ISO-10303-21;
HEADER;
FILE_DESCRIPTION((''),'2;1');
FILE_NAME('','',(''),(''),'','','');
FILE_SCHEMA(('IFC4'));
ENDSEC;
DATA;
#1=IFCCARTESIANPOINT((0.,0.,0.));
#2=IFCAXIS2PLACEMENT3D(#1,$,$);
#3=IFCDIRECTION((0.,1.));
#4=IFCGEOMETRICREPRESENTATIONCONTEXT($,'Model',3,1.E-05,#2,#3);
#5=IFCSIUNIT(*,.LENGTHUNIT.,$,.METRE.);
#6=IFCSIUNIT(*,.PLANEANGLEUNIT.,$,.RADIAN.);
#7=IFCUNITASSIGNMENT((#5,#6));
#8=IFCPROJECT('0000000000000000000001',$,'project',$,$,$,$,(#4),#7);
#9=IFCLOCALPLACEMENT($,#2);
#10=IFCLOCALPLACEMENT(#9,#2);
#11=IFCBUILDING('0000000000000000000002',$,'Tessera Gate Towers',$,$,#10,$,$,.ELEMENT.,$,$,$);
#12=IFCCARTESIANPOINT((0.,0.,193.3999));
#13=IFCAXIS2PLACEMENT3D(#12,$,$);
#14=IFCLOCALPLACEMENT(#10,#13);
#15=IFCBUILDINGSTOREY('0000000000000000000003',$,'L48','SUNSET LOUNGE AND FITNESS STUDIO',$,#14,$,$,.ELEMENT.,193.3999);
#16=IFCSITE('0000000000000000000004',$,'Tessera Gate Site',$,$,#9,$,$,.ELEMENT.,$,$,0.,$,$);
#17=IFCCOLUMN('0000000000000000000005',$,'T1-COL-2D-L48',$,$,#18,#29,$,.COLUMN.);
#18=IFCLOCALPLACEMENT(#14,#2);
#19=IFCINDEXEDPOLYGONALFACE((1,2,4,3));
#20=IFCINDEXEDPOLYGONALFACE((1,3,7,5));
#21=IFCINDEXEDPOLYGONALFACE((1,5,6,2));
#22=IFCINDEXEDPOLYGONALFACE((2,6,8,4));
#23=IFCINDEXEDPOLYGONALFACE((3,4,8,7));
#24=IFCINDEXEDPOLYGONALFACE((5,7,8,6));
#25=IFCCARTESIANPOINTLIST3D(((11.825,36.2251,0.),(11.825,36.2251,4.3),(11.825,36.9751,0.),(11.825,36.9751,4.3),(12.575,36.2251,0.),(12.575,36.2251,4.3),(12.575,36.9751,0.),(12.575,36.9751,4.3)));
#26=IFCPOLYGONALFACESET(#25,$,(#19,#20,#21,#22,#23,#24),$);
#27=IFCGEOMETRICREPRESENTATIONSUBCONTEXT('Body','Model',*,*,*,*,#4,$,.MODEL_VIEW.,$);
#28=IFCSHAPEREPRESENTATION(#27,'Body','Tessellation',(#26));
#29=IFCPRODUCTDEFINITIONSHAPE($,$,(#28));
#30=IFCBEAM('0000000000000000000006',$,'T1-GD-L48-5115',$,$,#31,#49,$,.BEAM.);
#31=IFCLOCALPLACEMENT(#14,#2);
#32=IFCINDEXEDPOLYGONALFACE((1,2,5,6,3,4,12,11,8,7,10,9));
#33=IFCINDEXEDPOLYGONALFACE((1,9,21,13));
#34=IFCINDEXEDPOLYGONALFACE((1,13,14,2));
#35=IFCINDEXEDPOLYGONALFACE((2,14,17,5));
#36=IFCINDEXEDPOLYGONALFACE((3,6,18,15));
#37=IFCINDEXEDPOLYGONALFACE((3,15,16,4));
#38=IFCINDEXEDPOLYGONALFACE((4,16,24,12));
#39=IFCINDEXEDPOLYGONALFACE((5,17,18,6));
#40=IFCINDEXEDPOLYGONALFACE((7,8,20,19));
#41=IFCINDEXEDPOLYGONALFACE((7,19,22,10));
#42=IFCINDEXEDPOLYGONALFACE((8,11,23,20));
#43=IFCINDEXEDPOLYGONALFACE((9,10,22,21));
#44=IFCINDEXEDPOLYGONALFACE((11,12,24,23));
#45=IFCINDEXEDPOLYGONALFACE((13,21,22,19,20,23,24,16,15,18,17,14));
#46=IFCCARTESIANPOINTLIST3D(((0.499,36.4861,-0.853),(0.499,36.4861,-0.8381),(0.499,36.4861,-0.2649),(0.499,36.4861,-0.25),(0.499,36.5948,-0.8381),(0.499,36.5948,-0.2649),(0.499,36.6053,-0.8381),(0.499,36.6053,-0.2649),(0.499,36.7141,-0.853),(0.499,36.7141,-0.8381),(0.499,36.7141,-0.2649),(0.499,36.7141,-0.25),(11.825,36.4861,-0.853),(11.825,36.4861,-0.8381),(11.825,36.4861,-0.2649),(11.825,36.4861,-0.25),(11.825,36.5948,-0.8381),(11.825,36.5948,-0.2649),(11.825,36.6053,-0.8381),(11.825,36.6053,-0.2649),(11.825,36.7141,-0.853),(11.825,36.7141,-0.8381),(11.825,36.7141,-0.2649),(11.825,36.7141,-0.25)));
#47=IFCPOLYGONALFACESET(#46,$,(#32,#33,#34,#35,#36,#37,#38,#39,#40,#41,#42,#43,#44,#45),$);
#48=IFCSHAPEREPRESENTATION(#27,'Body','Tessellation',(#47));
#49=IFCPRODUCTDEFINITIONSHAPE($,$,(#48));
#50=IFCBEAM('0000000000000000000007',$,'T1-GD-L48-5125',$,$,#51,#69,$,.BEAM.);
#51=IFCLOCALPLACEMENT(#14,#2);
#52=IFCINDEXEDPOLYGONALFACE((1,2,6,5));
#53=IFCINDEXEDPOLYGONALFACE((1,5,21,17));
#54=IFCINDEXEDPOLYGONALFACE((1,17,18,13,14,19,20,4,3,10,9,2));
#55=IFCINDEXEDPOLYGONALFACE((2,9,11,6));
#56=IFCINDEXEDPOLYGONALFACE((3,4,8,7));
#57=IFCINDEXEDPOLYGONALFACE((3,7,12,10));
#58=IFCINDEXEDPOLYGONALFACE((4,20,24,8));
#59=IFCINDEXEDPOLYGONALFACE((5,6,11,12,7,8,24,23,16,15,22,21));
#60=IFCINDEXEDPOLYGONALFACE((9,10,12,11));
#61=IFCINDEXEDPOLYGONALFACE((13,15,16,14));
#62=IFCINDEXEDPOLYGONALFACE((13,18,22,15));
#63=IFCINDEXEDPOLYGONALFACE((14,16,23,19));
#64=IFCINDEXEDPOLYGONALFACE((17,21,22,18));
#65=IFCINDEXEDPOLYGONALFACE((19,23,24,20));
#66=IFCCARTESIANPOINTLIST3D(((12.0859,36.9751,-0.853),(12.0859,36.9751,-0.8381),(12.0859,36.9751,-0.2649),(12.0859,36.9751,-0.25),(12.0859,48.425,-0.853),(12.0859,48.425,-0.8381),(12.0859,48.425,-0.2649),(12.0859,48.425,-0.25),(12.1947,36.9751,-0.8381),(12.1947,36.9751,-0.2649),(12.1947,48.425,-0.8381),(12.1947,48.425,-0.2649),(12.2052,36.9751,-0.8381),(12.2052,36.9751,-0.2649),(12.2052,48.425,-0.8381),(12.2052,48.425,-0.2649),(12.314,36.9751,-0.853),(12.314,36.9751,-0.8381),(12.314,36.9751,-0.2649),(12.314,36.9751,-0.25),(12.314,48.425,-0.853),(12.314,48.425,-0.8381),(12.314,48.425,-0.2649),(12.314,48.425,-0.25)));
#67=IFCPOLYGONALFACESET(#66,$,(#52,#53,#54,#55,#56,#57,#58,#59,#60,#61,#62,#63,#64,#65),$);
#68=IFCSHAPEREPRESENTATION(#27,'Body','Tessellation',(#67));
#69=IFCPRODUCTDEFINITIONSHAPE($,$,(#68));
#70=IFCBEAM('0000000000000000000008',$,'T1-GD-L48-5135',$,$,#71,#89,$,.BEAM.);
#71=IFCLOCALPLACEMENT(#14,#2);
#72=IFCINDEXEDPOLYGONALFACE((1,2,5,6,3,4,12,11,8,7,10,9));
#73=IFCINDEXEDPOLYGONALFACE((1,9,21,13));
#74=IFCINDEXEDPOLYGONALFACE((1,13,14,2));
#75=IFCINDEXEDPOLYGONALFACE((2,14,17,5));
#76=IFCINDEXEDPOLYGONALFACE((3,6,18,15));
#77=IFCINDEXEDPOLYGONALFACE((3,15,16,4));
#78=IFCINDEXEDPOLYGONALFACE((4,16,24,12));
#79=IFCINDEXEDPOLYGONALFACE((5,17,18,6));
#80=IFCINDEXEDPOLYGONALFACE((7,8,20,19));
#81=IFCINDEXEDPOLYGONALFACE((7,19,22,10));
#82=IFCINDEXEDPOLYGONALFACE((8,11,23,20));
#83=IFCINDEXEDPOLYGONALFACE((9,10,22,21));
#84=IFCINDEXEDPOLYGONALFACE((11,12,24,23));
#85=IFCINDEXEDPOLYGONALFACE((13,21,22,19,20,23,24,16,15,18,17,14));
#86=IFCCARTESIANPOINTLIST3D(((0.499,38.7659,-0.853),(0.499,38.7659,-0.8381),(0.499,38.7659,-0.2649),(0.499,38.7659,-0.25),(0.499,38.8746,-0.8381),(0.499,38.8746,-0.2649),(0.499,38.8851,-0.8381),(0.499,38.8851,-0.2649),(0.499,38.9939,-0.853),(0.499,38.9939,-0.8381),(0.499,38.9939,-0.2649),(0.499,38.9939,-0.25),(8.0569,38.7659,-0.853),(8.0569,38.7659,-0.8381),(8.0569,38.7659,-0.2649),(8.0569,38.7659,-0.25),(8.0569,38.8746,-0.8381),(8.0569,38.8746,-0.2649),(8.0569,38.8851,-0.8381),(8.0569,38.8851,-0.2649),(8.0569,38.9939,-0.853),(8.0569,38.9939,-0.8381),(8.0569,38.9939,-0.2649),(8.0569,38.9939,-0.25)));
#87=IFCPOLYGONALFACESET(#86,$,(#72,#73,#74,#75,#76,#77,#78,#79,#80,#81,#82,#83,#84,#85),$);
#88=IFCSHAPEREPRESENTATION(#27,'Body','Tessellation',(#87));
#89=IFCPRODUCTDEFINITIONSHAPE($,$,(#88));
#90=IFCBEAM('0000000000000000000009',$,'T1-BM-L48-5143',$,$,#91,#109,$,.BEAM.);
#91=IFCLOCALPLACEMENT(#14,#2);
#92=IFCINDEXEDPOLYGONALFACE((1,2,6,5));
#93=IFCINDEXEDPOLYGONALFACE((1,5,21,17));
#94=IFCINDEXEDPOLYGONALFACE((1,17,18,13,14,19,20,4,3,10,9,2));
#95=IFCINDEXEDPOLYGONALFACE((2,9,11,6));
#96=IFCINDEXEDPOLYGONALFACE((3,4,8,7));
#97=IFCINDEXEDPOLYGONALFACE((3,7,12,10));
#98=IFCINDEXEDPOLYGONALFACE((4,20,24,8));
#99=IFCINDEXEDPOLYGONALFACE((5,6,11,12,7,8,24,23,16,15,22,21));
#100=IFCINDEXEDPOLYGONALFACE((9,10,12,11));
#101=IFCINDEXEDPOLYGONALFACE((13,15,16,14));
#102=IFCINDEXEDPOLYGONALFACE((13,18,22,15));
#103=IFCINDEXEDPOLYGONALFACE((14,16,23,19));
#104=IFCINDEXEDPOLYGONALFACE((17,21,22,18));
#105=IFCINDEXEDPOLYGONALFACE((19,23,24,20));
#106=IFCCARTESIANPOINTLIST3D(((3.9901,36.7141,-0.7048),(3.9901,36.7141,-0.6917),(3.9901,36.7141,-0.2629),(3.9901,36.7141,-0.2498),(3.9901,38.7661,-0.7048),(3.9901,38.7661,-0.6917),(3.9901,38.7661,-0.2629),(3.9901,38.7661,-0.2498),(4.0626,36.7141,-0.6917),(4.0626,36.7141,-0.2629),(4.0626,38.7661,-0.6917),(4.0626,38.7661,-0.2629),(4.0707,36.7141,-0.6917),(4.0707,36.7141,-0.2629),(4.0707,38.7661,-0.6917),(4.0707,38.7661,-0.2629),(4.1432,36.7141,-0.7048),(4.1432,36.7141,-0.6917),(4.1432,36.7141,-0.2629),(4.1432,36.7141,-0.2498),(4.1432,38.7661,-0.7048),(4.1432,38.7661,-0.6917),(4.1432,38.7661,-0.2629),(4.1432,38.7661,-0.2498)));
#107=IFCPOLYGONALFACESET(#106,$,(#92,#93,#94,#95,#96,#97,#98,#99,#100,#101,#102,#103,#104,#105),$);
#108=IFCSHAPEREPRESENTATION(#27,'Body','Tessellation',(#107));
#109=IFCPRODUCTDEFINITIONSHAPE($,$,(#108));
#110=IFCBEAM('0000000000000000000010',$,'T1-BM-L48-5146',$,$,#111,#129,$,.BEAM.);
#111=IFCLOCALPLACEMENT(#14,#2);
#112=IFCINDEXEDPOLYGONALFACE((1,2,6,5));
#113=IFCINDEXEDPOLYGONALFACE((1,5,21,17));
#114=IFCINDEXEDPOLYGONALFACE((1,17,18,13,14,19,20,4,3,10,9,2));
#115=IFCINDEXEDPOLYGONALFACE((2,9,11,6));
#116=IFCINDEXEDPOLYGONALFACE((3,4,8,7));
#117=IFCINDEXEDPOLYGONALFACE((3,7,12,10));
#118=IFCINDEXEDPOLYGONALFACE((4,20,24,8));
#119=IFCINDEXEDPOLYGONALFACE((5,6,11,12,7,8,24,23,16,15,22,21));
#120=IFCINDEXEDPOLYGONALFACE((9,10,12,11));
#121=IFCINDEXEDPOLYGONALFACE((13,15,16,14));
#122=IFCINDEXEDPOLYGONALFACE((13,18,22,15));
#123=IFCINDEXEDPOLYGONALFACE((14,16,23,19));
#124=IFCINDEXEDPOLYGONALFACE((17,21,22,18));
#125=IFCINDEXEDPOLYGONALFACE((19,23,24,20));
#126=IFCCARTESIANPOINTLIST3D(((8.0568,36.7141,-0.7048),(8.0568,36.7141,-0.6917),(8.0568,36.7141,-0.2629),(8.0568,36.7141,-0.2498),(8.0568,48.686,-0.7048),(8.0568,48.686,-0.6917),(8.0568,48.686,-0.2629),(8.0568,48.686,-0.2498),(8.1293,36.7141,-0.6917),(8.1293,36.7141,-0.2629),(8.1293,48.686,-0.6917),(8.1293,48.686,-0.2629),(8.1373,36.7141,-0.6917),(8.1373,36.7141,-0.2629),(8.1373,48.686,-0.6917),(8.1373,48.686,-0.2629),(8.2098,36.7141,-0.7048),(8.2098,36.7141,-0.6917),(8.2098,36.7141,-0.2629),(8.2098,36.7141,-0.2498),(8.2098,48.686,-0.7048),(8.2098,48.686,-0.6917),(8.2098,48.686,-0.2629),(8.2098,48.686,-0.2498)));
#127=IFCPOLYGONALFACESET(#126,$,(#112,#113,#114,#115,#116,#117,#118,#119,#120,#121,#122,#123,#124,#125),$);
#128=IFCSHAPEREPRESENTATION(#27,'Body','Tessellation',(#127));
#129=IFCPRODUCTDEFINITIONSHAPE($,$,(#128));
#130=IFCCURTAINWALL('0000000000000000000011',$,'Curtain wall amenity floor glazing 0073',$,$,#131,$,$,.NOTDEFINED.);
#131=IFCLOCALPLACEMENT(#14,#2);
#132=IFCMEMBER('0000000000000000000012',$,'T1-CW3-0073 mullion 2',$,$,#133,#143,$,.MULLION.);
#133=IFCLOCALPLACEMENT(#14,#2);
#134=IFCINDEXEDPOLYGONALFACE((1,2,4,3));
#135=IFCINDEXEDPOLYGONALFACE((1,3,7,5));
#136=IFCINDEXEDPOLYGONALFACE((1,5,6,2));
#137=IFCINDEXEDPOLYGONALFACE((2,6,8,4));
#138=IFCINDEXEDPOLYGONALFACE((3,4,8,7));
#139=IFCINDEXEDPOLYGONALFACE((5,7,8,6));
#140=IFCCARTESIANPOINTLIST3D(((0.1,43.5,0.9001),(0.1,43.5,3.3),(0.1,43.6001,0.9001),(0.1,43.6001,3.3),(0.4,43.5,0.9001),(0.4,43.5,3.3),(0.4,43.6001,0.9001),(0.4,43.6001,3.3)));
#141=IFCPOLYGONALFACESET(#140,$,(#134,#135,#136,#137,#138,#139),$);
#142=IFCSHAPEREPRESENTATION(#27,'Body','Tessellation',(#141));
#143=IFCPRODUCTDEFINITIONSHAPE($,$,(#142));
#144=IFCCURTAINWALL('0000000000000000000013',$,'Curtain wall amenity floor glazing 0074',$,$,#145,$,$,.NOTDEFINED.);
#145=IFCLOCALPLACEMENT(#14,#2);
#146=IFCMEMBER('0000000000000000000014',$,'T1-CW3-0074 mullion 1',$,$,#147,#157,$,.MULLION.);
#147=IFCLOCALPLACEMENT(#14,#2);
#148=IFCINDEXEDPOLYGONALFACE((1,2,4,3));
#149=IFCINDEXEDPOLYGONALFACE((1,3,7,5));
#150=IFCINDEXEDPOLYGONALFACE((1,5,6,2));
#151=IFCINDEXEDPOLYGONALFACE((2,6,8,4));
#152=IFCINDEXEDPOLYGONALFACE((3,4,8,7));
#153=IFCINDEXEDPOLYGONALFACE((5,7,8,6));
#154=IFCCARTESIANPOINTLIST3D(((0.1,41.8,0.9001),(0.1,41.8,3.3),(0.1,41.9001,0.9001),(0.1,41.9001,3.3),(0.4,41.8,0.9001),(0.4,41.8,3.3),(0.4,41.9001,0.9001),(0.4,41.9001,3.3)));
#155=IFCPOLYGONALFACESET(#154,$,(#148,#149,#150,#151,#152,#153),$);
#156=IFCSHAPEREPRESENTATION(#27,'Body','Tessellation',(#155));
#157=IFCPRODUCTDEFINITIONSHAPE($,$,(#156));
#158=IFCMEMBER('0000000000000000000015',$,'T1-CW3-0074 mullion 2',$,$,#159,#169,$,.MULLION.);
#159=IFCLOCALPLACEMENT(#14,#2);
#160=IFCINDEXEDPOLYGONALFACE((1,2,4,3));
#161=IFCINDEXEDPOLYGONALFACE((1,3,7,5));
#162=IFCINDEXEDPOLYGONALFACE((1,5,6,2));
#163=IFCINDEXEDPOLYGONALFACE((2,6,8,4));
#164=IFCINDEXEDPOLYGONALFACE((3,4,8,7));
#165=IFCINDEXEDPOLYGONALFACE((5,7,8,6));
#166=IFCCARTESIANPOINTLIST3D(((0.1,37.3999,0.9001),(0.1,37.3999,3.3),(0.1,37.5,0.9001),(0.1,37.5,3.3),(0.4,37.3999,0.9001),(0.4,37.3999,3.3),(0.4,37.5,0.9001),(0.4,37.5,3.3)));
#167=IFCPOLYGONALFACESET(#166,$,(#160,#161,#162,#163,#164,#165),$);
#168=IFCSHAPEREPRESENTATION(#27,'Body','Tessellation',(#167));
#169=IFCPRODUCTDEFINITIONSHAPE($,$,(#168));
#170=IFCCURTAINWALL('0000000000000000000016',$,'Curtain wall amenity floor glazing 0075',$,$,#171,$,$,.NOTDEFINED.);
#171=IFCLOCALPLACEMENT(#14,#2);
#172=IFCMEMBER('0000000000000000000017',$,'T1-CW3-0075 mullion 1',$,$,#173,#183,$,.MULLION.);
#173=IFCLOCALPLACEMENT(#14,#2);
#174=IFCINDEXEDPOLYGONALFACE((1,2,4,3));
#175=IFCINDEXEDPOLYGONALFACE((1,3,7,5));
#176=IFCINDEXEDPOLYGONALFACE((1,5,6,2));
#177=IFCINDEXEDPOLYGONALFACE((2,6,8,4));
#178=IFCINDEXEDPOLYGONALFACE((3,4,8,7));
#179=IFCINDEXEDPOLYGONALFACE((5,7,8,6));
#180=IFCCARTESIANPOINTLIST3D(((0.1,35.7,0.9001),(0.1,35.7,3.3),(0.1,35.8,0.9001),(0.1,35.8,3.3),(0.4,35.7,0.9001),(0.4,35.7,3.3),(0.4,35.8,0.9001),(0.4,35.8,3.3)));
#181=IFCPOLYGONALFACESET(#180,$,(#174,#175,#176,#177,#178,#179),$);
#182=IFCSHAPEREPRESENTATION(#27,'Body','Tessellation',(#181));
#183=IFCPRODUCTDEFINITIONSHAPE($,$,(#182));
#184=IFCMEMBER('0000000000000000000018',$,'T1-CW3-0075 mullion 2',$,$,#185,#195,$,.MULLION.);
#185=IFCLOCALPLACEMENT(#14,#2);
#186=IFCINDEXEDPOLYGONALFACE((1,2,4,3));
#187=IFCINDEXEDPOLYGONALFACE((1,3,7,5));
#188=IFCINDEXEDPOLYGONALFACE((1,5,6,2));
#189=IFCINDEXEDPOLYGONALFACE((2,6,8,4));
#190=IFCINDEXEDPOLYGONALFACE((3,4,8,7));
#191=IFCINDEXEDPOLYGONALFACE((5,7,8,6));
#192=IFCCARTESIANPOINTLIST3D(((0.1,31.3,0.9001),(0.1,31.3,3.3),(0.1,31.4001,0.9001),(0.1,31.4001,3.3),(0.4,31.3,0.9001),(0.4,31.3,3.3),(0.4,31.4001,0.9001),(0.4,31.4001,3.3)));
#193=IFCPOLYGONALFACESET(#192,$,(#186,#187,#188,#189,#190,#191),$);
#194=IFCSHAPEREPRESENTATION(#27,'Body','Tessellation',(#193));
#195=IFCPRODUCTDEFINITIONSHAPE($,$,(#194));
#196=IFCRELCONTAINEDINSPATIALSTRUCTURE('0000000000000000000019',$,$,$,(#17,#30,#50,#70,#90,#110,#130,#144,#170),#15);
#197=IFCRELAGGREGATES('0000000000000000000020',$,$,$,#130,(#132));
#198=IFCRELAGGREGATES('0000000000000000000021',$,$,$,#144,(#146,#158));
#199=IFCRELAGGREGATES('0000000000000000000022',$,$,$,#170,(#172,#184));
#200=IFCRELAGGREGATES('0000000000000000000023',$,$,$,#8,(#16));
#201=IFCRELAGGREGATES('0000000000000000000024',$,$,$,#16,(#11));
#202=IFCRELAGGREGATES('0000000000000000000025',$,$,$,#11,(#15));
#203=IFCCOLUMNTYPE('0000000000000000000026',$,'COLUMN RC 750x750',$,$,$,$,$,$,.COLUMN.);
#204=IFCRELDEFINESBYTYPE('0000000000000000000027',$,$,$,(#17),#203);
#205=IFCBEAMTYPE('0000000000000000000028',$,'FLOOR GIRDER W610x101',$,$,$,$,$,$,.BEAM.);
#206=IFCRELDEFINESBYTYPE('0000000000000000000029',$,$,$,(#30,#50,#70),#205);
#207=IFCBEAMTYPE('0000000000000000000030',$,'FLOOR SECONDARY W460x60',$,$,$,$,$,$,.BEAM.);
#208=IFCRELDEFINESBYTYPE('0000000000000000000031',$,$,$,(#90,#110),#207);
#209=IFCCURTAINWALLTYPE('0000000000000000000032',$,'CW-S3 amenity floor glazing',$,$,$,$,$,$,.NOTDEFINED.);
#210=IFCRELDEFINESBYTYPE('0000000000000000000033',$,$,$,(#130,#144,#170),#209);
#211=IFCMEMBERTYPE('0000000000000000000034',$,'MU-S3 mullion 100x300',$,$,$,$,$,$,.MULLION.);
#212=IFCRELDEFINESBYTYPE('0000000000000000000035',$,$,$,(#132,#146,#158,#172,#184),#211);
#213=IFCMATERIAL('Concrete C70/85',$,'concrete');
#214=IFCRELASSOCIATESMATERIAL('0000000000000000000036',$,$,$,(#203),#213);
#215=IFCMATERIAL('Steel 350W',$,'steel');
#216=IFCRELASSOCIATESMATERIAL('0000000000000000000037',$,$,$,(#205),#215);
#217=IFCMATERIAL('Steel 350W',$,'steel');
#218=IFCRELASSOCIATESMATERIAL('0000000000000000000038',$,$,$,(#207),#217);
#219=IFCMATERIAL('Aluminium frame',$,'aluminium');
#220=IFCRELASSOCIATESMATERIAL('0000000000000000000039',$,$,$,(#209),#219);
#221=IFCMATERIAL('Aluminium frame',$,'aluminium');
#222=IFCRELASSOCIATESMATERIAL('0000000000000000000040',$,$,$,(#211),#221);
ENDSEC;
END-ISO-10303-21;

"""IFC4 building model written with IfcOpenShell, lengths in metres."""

from ifc_helpers import new_model, si_unit, direction, frame, origin, origin_2d, place, context, subcontext, project, spatial, rectangle, i_section, extrude, material, material_profile, profile_set, type_object, element, aggregate, save


model = new_model("IFC4")

# Units and contexts
model_context = context("Model", 3, precision=1e-05, world=origin(), true_north=direction((0.0, 1.0)))
body_context = subcontext(model_context, "Body", "Model", "MODEL_VIEW")
ifc_project = project(units=[si_unit("LENGTHUNIT", "METRE"), si_unit("PLANEANGLEUNIT", "RADIAN")], contexts=[model_context])

# Site, building, storey
site_placement = place(None, origin())
site = spatial("IfcSite", under=ifc_project, at=site_placement, Name="Tessera Gate Site", CompositionType="ELEMENT", RefElevation=0.0)
building_placement = place(site_placement, origin())
building = spatial("IfcBuilding", under=site, at=building_placement, Name="Tessera Gate Towers", CompositionType="ELEMENT")
storey_placement = place(building_placement, frame((0.0, 0.0, 193.3999)))
storey = spatial("IfcBuildingStorey", under=building, at=storey_placement, Name="L48", Description="SUNSET LOUNGE AND FITNESS STUDIO", CompositionType="ELEMENT", Elevation=193.3999)

# Column
ifc_material_1 = material(Name="Concrete C70/85", Category="concrete")
ifc_material_profile_1 = material_profile(ifc_material_1, rectangle(XDim=0.75, YDim=0.75, at=origin_2d()), Name="RC 750x750")
ifc_profile_set_1 = profile_set([ifc_material_profile_1], Name="Concrete C70/85")
column_type = type_object("IfcColumnType", Name="COLUMN RC 750x750", PredefinedType="COLUMN", material=ifc_profile_set_1)
column_placement = place(storey_placement, frame((12.2, 36.6001, 0.0), z_axis=(0.0, 0.0, 1.0), x_axis=(1.0, 0.0, 0.0)))
element("IfcColumn", 1, at=column_placement, inside=storey, type_object=column_type, Name="T1-COL-2D-L48", PredefinedType="COLUMN", context=body_context, shape_type="SweptSolid", body=[
    extrude(rectangle(XDim=0.75, YDim=0.75, at=origin_2d()), origin(), (0.0, 0.0, 1.0), 4.3),
])

# Beams
ifc_material_2 = material(Name="Steel 350W", Category="steel")
ifc_material_profile_2 = material_profile(ifc_material_2, i_section(OverallWidth=0.228, OverallDepth=0.603, WebThickness=0.0105, FlangeThickness=0.0149, at=origin_2d()), Name="W610x101")
ifc_profile_set_2 = profile_set([ifc_material_profile_2], Name="Steel 350W")
beam_type_1 = type_object("IfcBeamType", Name="FLOOR GIRDER W610x101", PredefinedType="BEAM", material=ifc_profile_set_2)
beam_1_placement = place(storey_placement, frame((0.499, 36.6001, -0.5515), z_axis=(1.0, 0.0, 0.0), x_axis=(0.0, 1.0, 0.0)))
element("IfcBeam", 2, at=beam_1_placement, inside=storey, type_object=beam_type_1, Name="T1-GD-L48-5115", PredefinedType="BEAM", context=body_context, shape_type="SweptSolid", body=[
    extrude(i_section(OverallWidth=0.228, OverallDepth=0.603, WebThickness=0.0105, FlangeThickness=0.0149, at=origin_2d()), origin(), (0.0, 0.0, 1.0), 11.3259),
])
beam_2_placement = place(storey_placement, frame((12.2, 36.9751, -0.5515), z_axis=(0.0, 1.0, 0.0), x_axis=(-1.0, 0.0, 0.0)))
element("IfcBeam", 3, at=beam_2_placement, inside=storey, type_object=beam_type_1, Name="T1-GD-L48-5125", PredefinedType="BEAM", context=body_context, shape_type="SweptSolid", body=[
    extrude(i_section(OverallWidth=0.228, OverallDepth=0.603, WebThickness=0.0105, FlangeThickness=0.0149, at=origin_2d()), origin(), (0.0, 0.0, 1.0), 11.45),
])
beam_3_placement = place(storey_placement, frame((0.499, 38.8799, -0.5515), z_axis=(1.0, 0.0, 0.0), x_axis=(0.0, 1.0, 0.0)))
element("IfcBeam", 4, at=beam_3_placement, inside=storey, type_object=beam_type_1, Name="T1-GD-L48-5135", PredefinedType="BEAM", context=body_context, shape_type="SweptSolid", body=[
    extrude(i_section(OverallWidth=0.228, OverallDepth=0.603, WebThickness=0.0105, FlangeThickness=0.0149, at=origin_2d()), origin(), (0.0, 0.0, 1.0), 7.5579),
])
ifc_material_3 = material(Name="Steel 350W", Category="steel")
ifc_material_profile_3 = material_profile(ifc_material_3, i_section(OverallWidth=0.1531, OverallDepth=0.4551, WebThickness=0.0081, FlangeThickness=0.0132, at=origin_2d()), Name="W460x60")
ifc_profile_set_3 = profile_set([ifc_material_profile_3], Name="Steel 350W")
beam_type_2 = type_object("IfcBeamType", Name="FLOOR SECONDARY W460x60", PredefinedType="BEAM", material=ifc_profile_set_3)
beam_4_placement = place(storey_placement, frame((4.0667, 36.7141, -0.4773), z_axis=(0.0, 1.0, 0.0), x_axis=(-1.0, 0.0, 0.0)))
element("IfcBeam", 5, at=beam_4_placement, inside=storey, type_object=beam_type_2, Name="T1-BM-L48-5143", PredefinedType="BEAM", context=body_context, shape_type="SweptSolid", body=[
    extrude(i_section(OverallWidth=0.1531, OverallDepth=0.4551, WebThickness=0.0081, FlangeThickness=0.0132, at=origin_2d()), origin(), (0.0, 0.0, 1.0), 2.052),
])
beam_5_placement = place(storey_placement, frame((8.1333, 36.7141, -0.4773), z_axis=(0.0, 1.0, 0.0), x_axis=(-1.0, 0.0, 0.0)))
element("IfcBeam", 6, at=beam_5_placement, inside=storey, type_object=beam_type_2, Name="T1-BM-L48-5146", PredefinedType="BEAM", context=body_context, shape_type="SweptSolid", body=[
    extrude(i_section(OverallWidth=0.1531, OverallDepth=0.4551, WebThickness=0.0081, FlangeThickness=0.0132, at=origin_2d()), origin(), (0.0, 0.0, 1.0), 11.9719),
])

# Curtain wall, member
ifc_material_4 = material(Name="Aluminium frame", Category="aluminium")
curtain_wall_type = type_object("IfcCurtainWallType", Name="CW-S3 amenity floor glazing", PredefinedType="NOTDEFINED", material=ifc_material_4)
curtain_wall_1_placement = place(storey_placement, origin())
curtain_wall_1 = element("IfcCurtainWall", 7, at=curtain_wall_1_placement, inside=storey, type_object=curtain_wall_type, Name="Curtain wall amenity floor glazing 0073", PredefinedType="NOTDEFINED")
ifc_material_5 = material(Name="Aluminium frame", Category="aluminium")
ifc_material_profile_4 = material_profile(ifc_material_5, rectangle(XDim=0.1001, YDim=0.3, at=origin_2d()), Name="AL 100x300")
ifc_profile_set_4 = profile_set([ifc_material_profile_4], Name="Aluminium frame")
member_type_1 = type_object("IfcMemberType", Name="MU-S3 mullion 100x300", PredefinedType="MULLION", material=ifc_profile_set_4)
member_1_placement = place(storey_placement, frame((0.25, 43.55, 0.9001), z_axis=(0.0, 0.0, 1.0), x_axis=(0.0, -1.0, 0.0)))
member_1 = element("IfcMember", 8, at=member_1_placement, type_object=member_type_1, Name="T1-CW3-0073 mullion 2", PredefinedType="MULLION", context=body_context, shape_type="SweptSolid", body=[
    extrude(rectangle(XDim=0.1001, YDim=0.3, at=origin_2d()), origin(), (0.0, 0.0, 1.0), 2.3999),
])

# Curtain walls, members
curtain_wall_2_placement = place(storey_placement, origin())
curtain_wall_2 = element("IfcCurtainWall", 9, at=curtain_wall_2_placement, inside=storey, type_object=curtain_wall_type, Name="Curtain wall amenity floor glazing 0074", PredefinedType="NOTDEFINED")
member_2_placement = place(storey_placement, frame((0.25, 41.8501, 0.9001), z_axis=(0.0, 0.0, 1.0), x_axis=(0.0, -1.0, 0.0)))
member_2 = element("IfcMember", 10, at=member_2_placement, type_object=member_type_1, Name="T1-CW3-0074 mullion 1", PredefinedType="MULLION", context=body_context, shape_type="SweptSolid", body=[
    extrude(rectangle(XDim=0.1001, YDim=0.3, at=origin_2d()), origin(), (0.0, 0.0, 1.0), 2.3999),
])
member_3_placement = place(storey_placement, frame((0.25, 37.45, 0.9001), z_axis=(0.0, 0.0, 1.0), x_axis=(0.0, -1.0, 0.0)))
member_3 = element("IfcMember", 11, at=member_3_placement, type_object=member_type_1, Name="T1-CW3-0074 mullion 2", PredefinedType="MULLION", context=body_context, shape_type="SweptSolid", body=[
    extrude(rectangle(XDim=0.1001, YDim=0.3, at=origin_2d()), origin(), (0.0, 0.0, 1.0), 2.3999),
])
curtain_wall_3_placement = place(storey_placement, origin())
curtain_wall_3 = element("IfcCurtainWall", 12, at=curtain_wall_3_placement, inside=storey, type_object=curtain_wall_type, Name="Curtain wall amenity floor glazing 0075", PredefinedType="NOTDEFINED")
member_4_placement = place(storey_placement, frame((0.25, 35.75, 0.9001), z_axis=(0.0, 0.0, 1.0), x_axis=(0.0, -1.0, 0.0)))
member_4 = element("IfcMember", 13, at=member_4_placement, type_object=member_type_1, Name="T1-CW3-0075 mullion 1", PredefinedType="MULLION", context=body_context, shape_type="SweptSolid", body=[
    extrude(rectangle(XDim=0.1001, YDim=0.3, at=origin_2d()), origin(), (0.0, 0.0, 1.0), 2.3999),
])
member_5_placement = place(storey_placement, frame((0.25, 31.3501, 0.9001), z_axis=(0.0, 0.0, 1.0), x_axis=(0.0, -1.0, 0.0)))
member_5 = element("IfcMember", 14, at=member_5_placement, type_object=member_type_1, Name="T1-CW3-0075 mullion 2", PredefinedType="MULLION", context=body_context, shape_type="SweptSolid", body=[
    extrude(rectangle(XDim=0.1001, YDim=0.3, at=origin_2d()), origin(), (0.0, 0.0, 1.0), 2.3999),
])

aggregate(curtain_wall_1, [member_1])
aggregate(curtain_wall_2, [member_2, member_3])
aggregate(curtain_wall_3, [member_4, member_5])

save(model, "model.ifc")
